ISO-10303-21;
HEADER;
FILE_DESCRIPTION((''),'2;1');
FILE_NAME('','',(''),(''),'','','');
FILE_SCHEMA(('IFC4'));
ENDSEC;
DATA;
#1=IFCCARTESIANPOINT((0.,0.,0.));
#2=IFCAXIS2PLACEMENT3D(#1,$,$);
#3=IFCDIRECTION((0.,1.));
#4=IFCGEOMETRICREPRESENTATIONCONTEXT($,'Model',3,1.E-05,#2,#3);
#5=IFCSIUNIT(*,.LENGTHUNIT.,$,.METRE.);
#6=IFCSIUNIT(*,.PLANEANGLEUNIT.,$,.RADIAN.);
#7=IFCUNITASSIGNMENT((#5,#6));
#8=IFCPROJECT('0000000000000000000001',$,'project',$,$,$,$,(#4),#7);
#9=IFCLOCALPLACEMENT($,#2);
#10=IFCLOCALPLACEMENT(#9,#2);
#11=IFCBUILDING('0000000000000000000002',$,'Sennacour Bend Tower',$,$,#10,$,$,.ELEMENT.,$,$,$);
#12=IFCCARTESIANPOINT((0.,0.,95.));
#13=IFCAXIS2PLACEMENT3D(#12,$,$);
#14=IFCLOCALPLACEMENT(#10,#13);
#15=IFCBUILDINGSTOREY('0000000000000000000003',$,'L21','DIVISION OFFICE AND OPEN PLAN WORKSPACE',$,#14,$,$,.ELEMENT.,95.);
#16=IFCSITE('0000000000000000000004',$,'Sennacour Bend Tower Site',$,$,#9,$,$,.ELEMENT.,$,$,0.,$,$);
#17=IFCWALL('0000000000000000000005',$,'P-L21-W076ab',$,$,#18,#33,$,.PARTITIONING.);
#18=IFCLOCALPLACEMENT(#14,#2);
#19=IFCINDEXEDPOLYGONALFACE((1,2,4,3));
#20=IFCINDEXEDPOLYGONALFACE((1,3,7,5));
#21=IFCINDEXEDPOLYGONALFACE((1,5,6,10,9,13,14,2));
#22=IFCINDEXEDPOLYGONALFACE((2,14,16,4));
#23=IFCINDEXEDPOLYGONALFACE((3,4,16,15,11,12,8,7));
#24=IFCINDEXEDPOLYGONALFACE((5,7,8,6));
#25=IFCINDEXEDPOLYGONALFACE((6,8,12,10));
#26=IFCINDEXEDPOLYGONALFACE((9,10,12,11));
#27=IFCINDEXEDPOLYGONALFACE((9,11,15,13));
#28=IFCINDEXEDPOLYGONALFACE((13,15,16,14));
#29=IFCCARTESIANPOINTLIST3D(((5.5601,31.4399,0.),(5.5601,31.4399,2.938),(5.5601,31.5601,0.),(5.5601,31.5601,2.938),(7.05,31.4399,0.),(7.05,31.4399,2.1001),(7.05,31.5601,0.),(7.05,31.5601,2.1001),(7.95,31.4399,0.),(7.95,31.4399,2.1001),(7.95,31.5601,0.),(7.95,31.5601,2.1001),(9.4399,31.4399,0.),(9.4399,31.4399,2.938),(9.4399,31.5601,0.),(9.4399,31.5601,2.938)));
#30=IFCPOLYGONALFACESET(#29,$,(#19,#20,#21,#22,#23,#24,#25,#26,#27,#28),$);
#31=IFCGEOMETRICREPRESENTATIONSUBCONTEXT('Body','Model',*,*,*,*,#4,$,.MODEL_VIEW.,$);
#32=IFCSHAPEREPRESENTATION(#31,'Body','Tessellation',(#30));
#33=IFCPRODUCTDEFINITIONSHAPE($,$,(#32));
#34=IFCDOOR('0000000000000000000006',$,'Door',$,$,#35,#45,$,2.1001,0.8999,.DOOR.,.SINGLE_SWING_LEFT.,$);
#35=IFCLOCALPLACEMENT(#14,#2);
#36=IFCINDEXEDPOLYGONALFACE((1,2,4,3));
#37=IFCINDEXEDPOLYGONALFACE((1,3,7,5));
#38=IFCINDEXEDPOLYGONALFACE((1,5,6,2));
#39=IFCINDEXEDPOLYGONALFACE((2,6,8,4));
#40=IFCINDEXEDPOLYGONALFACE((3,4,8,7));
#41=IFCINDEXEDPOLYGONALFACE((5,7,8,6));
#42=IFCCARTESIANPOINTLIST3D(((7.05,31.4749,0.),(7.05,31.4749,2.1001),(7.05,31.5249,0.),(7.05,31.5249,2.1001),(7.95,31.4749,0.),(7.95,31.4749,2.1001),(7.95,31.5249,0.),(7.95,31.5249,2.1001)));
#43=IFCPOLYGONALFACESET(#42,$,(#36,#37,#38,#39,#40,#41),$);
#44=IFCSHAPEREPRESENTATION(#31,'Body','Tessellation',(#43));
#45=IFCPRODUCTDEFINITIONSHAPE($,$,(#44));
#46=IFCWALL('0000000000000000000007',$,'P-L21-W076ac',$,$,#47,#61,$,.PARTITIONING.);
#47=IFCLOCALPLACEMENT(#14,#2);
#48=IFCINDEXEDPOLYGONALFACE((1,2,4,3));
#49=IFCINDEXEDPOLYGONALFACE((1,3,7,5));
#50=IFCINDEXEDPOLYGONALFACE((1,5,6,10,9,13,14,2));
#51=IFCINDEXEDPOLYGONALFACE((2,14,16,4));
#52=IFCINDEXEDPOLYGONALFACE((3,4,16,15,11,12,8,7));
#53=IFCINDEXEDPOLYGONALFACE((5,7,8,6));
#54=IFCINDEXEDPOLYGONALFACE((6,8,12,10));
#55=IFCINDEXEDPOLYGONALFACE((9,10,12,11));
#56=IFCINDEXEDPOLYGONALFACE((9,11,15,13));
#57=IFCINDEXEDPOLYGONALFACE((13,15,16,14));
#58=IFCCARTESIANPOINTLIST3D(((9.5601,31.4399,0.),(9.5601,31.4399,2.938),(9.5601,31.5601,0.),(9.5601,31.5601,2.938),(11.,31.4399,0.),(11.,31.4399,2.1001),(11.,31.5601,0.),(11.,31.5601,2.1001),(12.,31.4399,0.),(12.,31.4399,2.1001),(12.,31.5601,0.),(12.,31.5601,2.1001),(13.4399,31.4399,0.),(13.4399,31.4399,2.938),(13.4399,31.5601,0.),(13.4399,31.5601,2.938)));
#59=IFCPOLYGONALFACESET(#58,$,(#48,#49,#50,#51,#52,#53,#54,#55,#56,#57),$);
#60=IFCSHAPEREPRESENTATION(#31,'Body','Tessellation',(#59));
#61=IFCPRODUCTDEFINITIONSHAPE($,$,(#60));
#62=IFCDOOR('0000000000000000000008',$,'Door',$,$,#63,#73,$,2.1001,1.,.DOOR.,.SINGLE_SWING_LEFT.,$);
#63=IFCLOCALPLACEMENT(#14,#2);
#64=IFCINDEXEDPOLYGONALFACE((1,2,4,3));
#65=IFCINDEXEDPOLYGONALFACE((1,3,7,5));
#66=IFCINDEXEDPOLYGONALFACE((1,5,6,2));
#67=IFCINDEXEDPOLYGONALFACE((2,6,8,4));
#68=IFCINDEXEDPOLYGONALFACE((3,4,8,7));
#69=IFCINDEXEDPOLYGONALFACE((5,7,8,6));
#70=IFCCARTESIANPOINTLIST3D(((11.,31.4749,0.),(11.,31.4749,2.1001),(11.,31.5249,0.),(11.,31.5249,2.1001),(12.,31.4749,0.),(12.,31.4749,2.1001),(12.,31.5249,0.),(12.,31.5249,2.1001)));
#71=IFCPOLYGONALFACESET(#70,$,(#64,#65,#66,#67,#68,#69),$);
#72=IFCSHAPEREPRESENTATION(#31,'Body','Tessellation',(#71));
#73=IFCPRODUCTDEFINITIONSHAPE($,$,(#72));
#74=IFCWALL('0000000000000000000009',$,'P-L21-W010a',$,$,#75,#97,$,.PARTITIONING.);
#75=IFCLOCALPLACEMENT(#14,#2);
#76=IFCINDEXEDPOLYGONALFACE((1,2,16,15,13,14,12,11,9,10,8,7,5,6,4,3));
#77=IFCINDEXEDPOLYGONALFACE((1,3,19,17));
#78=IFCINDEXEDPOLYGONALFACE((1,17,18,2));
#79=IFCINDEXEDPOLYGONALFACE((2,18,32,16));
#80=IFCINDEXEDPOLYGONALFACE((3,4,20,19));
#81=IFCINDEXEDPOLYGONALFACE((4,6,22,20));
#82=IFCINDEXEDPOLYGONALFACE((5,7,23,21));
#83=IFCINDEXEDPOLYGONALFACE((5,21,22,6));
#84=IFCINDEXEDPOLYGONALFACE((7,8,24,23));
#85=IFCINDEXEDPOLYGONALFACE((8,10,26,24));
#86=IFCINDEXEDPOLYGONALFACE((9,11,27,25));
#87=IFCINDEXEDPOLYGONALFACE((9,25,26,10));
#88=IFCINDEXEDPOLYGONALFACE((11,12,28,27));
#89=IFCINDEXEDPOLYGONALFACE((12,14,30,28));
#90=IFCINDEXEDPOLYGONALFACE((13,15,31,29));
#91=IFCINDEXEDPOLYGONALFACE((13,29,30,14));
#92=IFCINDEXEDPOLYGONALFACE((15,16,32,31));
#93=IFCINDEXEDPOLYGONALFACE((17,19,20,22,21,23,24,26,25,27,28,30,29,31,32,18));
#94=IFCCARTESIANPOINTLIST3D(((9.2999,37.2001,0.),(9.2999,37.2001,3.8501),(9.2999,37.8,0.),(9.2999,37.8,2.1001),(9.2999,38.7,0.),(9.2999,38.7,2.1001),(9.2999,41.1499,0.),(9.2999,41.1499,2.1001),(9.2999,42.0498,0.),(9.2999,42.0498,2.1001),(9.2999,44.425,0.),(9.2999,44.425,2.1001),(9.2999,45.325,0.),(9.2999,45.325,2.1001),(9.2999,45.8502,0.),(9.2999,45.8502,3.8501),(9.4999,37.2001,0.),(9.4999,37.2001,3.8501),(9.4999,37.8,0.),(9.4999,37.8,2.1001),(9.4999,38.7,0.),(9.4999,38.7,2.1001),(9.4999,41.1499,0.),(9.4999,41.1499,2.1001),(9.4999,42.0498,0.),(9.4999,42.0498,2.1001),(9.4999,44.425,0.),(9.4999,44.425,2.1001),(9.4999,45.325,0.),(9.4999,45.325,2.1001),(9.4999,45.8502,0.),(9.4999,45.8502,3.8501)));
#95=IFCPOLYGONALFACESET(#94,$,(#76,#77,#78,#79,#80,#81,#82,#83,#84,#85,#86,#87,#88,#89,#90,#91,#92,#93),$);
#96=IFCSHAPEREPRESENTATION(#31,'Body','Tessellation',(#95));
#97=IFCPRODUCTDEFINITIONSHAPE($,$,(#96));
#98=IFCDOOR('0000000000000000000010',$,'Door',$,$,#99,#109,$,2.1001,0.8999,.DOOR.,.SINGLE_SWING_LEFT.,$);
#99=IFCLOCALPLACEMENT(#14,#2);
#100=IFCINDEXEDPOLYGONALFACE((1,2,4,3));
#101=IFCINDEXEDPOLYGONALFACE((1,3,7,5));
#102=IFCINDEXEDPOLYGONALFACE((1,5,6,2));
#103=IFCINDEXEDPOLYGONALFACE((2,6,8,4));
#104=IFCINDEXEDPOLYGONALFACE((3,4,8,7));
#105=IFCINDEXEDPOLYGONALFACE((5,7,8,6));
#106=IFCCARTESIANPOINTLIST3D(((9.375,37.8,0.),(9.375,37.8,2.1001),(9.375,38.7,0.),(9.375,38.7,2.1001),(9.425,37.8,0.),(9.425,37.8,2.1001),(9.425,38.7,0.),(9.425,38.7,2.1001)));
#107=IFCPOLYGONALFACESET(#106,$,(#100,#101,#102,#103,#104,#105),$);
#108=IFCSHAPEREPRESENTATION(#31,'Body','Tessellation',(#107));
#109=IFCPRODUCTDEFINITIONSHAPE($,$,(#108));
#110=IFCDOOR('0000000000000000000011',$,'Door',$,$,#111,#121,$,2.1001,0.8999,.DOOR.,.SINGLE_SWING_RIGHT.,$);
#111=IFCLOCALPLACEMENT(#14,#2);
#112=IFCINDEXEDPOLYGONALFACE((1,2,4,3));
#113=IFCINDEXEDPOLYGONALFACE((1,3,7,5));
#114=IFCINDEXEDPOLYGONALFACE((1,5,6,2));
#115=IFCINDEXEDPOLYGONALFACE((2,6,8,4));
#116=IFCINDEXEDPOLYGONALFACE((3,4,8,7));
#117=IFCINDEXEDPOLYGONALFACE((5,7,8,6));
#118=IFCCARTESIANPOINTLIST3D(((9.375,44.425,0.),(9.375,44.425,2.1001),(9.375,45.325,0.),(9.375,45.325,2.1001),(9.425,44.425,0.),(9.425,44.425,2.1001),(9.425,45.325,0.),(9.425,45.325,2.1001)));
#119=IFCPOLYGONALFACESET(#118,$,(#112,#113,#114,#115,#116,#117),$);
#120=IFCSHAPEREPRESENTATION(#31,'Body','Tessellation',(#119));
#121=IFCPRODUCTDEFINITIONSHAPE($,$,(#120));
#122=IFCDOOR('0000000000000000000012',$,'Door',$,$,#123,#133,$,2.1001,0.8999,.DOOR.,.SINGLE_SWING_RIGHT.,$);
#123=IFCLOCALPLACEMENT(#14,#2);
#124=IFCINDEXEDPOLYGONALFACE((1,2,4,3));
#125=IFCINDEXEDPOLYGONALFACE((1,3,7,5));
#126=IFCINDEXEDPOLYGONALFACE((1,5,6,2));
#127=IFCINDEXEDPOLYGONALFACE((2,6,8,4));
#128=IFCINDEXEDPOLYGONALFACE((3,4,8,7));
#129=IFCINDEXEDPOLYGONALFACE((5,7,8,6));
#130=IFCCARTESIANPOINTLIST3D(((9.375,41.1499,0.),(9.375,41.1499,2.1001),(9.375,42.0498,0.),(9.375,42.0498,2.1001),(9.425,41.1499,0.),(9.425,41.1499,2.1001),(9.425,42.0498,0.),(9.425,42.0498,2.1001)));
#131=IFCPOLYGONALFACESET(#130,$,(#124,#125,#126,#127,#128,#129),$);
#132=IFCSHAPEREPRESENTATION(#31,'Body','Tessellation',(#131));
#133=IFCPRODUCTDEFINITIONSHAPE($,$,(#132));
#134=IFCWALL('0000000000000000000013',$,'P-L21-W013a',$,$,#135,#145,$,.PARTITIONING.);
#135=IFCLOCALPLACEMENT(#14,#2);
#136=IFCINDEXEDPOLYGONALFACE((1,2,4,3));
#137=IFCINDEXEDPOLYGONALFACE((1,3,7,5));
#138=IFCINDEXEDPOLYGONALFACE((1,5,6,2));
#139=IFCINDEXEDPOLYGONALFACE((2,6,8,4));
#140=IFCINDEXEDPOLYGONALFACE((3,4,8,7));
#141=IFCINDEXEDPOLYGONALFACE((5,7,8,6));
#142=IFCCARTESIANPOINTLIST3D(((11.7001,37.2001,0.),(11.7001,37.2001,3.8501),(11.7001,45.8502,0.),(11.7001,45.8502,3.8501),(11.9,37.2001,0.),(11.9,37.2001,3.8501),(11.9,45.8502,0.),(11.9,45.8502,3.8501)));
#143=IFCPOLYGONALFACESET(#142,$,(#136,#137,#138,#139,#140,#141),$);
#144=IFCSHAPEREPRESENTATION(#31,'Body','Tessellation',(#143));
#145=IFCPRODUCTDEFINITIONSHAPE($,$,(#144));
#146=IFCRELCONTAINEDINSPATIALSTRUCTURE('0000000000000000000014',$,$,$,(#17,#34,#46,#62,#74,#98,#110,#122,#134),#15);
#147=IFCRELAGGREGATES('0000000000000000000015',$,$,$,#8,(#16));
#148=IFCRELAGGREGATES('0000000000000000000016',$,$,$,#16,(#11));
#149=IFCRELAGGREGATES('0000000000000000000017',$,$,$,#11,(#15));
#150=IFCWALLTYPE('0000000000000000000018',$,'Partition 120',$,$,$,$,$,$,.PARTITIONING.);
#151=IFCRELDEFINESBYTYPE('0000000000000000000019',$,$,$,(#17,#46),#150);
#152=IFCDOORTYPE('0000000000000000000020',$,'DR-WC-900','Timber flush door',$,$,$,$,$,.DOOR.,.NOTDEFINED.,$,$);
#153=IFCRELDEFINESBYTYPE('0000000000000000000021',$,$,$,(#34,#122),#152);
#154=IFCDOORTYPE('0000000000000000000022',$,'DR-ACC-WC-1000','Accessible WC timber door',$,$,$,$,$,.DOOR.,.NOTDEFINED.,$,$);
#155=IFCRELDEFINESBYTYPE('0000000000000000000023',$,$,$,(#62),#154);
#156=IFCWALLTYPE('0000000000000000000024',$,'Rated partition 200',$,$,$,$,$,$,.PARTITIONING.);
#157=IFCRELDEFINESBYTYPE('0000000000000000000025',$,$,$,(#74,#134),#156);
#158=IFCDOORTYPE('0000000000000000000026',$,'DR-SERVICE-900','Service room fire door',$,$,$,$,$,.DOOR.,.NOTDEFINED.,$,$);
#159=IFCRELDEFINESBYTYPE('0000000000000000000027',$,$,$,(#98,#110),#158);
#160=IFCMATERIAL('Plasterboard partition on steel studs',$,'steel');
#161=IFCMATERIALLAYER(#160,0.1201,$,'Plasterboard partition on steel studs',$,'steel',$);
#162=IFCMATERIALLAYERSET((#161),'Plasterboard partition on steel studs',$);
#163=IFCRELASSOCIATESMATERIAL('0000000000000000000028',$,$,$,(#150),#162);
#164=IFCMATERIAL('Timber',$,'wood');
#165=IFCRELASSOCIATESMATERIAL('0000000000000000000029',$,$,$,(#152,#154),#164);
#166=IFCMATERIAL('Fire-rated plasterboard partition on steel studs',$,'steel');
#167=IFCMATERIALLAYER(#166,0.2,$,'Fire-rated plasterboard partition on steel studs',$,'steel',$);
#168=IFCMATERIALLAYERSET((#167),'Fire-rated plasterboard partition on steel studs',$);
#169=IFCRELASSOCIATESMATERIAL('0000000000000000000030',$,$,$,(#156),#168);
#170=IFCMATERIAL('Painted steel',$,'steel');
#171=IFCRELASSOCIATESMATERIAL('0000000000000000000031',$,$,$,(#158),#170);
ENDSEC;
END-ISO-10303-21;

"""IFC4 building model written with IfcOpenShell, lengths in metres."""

from ifc_helpers import new_model, si_unit, direction, frame, frame_2d, origin, place, context, subcontext, project, spatial, rectangle, extrude, material, layer, layer_set, type_object, element, fill, save


model = new_model("IFC4")

# Units and contexts
model_context = context("Model", 3, precision=1e-05, world=origin(), true_north=direction((0.0, 1.0)))
body_context = subcontext(model_context, "Body", "Model", "MODEL_VIEW")
ifc_project = project(units=[si_unit("LENGTHUNIT", "METRE"), si_unit("PLANEANGLEUNIT", "RADIAN")], contexts=[model_context])

# Site, building, storey
site_placement = place(None, origin())
site = spatial("IfcSite", under=ifc_project, at=site_placement, Name="Sennacour Bend Tower Site", CompositionType="ELEMENT", RefElevation=0.0)
building_placement = place(site_placement, origin())
building = spatial("IfcBuilding", under=site, at=building_placement, Name="Sennacour Bend Tower", CompositionType="ELEMENT")
storey_placement = place(building_placement, frame((0.0, 0.0, 95.0)))
storey = spatial("IfcBuildingStorey", under=building, at=storey_placement, Name="L21", Description="DIVISION OFFICE AND OPEN PLAN WORKSPACE", CompositionType="ELEMENT", Elevation=95.0)

# Shared definitions
ifc_material_1 = material(Name="Plasterboard partition on steel studs", Category="steel")
ifc_layer_1 = layer(ifc_material_1, 0.1201, Name="Plasterboard partition on steel studs", Category="steel")
ifc_layer_set_1 = layer_set([ifc_layer_1], Name="Plasterboard partition on steel studs")
wall_type_1 = type_object("IfcWallType", Name="Partition 120", PredefinedType="PARTITIONING", material=ifc_layer_set_1)

# Walls, openings, doors
wall_1_placement = place(storey_placement, frame((5.5601, 31.5, 0.0), z_axis=(0.0, 0.0, 1.0), x_axis=(1.0, 0.0, 0.0)))
wall_1 = element("IfcWall", 1, at=wall_1_placement, inside=storey, type_object=wall_type_1, Name="P-L21-W076ab", PredefinedType="PARTITIONING", context=body_context, shape_type="SweptSolid", body=[
    extrude(rectangle(XDim=3.8799, YDim=0.1201, at=frame_2d((1.9399, 0.0))), origin(), (0.0, 0.0, 1.0), 2.938),
])
opening_1_placement = place(wall_1_placement, frame((1.49, 0.0, 0.0)))
opening_1 = element("IfcOpeningElement", 2, at=opening_1_placement, cuts=wall_1, PredefinedType="OPENING", context=body_context, shape_type="SweptSolid", body=[
    extrude(rectangle(XDim=0.8999, YDim=2.1001, at=frame_2d((0.45, 1.05))), frame((0.0, 0.0701, 0.0), z_axis=(0.0, -1.0, 0.0), x_axis=(1.0, 0.0, 0.0)), (0.0, 0.0, 1.0), 0.1401),
])
ifc_material_2 = material(Name="Timber", Category="wood")
door_type_1 = type_object("IfcDoorType", Name="DR-WC-900", Description="Timber flush door", OperationType="NOTDEFINED", PredefinedType="DOOR", material=ifc_material_2)
door_1_placement = place(opening_1_placement, origin())
door_1 = element("IfcDoor", 3, at=door_1_placement, inside=storey, type_object=door_type_1, Name="Door", OperationType="SINGLE_SWING_LEFT", OverallHeight=2.1001, OverallWidth=0.8999, PredefinedType="DOOR", context=body_context, shape_type="SweptSolid", body=[
    extrude(rectangle(XDim=0.8999, YDim=2.1001, at=frame_2d((0.45, 1.05))), frame((0.0, 0.0249, 0.0), z_axis=(0.0, -1.0, 0.0), x_axis=(1.0, 0.0, 0.0)), (0.0, 0.0, 1.0), 0.05),
])
fill(opening_1, door_1)
wall_2_placement = place(storey_placement, frame((9.5601, 31.5, 0.0), z_axis=(0.0, 0.0, 1.0), x_axis=(1.0, 0.0, 0.0)))
wall_2 = element("IfcWall", 4, at=wall_2_placement, inside=storey, type_object=wall_type_1, Name="P-L21-W076ac", PredefinedType="PARTITIONING", context=body_context, shape_type="SweptSolid", body=[
    extrude(rectangle(XDim=3.8799, YDim=0.1201, at=frame_2d((1.9399, 0.0))), origin(), (0.0, 0.0, 1.0), 2.938),
])
opening_2_placement = place(wall_2_placement, frame((1.4399, 0.0, 0.0)))
opening_2 = element("IfcOpeningElement", 5, at=opening_2_placement, cuts=wall_2, PredefinedType="OPENING", context=body_context, shape_type="SweptSolid", body=[
    extrude(rectangle(XDim=1.0, YDim=2.1001, at=frame_2d((0.5, 1.05))), frame((0.0, 0.0701, 0.0), z_axis=(0.0, -1.0, 0.0), x_axis=(1.0, 0.0, 0.0)), (0.0, 0.0, 1.0), 0.1401),
])
door_type_2 = type_object("IfcDoorType", Name="DR-ACC-WC-1000", Description="Accessible WC timber door", OperationType="NOTDEFINED", PredefinedType="DOOR", material=ifc_material_2)
door_2_placement = place(opening_2_placement, origin())
door_2 = element("IfcDoor", 6, at=door_2_placement, inside=storey, type_object=door_type_2, Name="Door", OperationType="SINGLE_SWING_LEFT", OverallHeight=2.1001, OverallWidth=1.0, PredefinedType="DOOR", context=body_context, shape_type="SweptSolid", body=[
    extrude(rectangle(XDim=1.0, YDim=2.1001, at=frame_2d((0.5, 1.05))), frame((0.0, 0.0249, 0.0), z_axis=(0.0, -1.0, 0.0), x_axis=(1.0, 0.0, 0.0)), (0.0, 0.0, 1.0), 0.05),
])
fill(opening_2, door_2)

# Wall, openings, doors
ifc_material_3 = material(Name="Fire-rated plasterboard partition on steel studs", Category="steel")
ifc_layer_2 = layer(ifc_material_3, 0.2, Name="Fire-rated plasterboard partition on steel studs", Category="steel")
ifc_layer_set_2 = layer_set([ifc_layer_2], Name="Fire-rated plasterboard partition on steel studs")
wall_type_2 = type_object("IfcWallType", Name="Rated partition 200", PredefinedType="PARTITIONING", material=ifc_layer_set_2)
wall_3_placement = place(storey_placement, frame((9.3999, 37.2, 0.0), z_axis=(0.0, 0.0, 1.0), x_axis=(0.0, 1.0, 0.0)))
wall_3 = element("IfcWall", 7, at=wall_3_placement, inside=storey, type_object=wall_type_2, Name="P-L21-W010a", PredefinedType="PARTITIONING", context=body_context, shape_type="SweptSolid", body=[
    extrude(rectangle(XDim=8.6501, YDim=0.2, at=frame_2d((4.3252, 0.0))), origin(), (0.0, 0.0, 1.0), 3.8501),
])
opening_3_placement = place(wall_3_placement, frame((0.6001, 0.0, 0.0)))
opening_3 = element("IfcOpeningElement", 8, at=opening_3_placement, cuts=wall_3, PredefinedType="OPENING", context=body_context, shape_type="SweptSolid", body=[
    extrude(rectangle(XDim=0.8999, YDim=2.1001, at=frame_2d((0.45, 1.05))), frame((0.0, 0.1099, 0.0), z_axis=(0.0, -1.0, 0.0), x_axis=(1.0, 0.0, 0.0)), (0.0, 0.0, 1.0), 0.22),
])
opening_4_placement = place(wall_3_placement, frame((3.95, 0.0, 0.0)))
opening_4 = element("IfcOpeningElement", 9, at=opening_4_placement, cuts=wall_3, PredefinedType="OPENING", context=body_context, shape_type="SweptSolid", body=[
    extrude(rectangle(XDim=0.8999, YDim=2.1001, at=frame_2d((0.45, 1.05))), frame((0.0, 0.1099, 0.0), z_axis=(0.0, -1.0, 0.0), x_axis=(1.0, 0.0, 0.0)), (0.0, 0.0, 1.0), 0.22),
])
opening_5_placement = place(wall_3_placement, frame((7.2251, 0.0, 0.0)))
opening_5 = element("IfcOpeningElement", 10, at=opening_5_placement, cuts=wall_3, PredefinedType="OPENING", context=body_context, shape_type="SweptSolid", body=[
    extrude(rectangle(XDim=0.8999, YDim=2.1001, at=frame_2d((0.45, 1.05))), frame((0.0, 0.1099, 0.0), z_axis=(0.0, -1.0, 0.0), x_axis=(1.0, 0.0, 0.0)), (0.0, 0.0, 1.0), 0.22),
])
ifc_material_4 = material(Name="Painted steel", Category="steel")
door_type_3 = type_object("IfcDoorType", Name="DR-SERVICE-900", Description="Service room fire door", OperationType="NOTDEFINED", PredefinedType="DOOR", material=ifc_material_4)
door_3_placement = place(opening_3_placement, origin())
door_3 = element("IfcDoor", 11, at=door_3_placement, inside=storey, type_object=door_type_3, Name="Door", OperationType="SINGLE_SWING_LEFT", OverallHeight=2.1001, OverallWidth=0.8999, PredefinedType="DOOR", context=body_context, shape_type="SweptSolid", body=[
    extrude(rectangle(XDim=0.8999, YDim=2.1001, at=frame_2d((0.45, 1.05))), frame((0.0, 0.0249, 0.0), z_axis=(0.0, -1.0, 0.0), x_axis=(1.0, 0.0, 0.0)), (0.0, 0.0, 1.0), 0.05),
])
fill(opening_3, door_3)
door_4_placement = place(opening_5_placement, origin())
door_4 = element("IfcDoor", 12, at=door_4_placement, inside=storey, type_object=door_type_3, Name="Door", OperationType="SINGLE_SWING_RIGHT", OverallHeight=2.1001, OverallWidth=0.8999, PredefinedType="DOOR", context=body_context, shape_type="SweptSolid", body=[
    extrude(rectangle(XDim=0.8999, YDim=2.1001, at=frame_2d((0.45, 1.05))), frame((0.0, 0.0249, 0.0), z_axis=(0.0, -1.0, 0.0), x_axis=(1.0, 0.0, 0.0)), (0.0, 0.0, 1.0), 0.05),
])
fill(opening_5, door_4)
door_5_placement = place(opening_4_placement, origin())
door_5 = element("IfcDoor", 13, at=door_5_placement, inside=storey, type_object=door_type_1, Name="Door", OperationType="SINGLE_SWING_RIGHT", OverallHeight=2.1001, OverallWidth=0.8999, PredefinedType="DOOR", context=body_context, shape_type="SweptSolid", body=[
    extrude(rectangle(XDim=0.8999, YDim=2.1001, at=frame_2d((0.45, 1.05))), frame((0.0, 0.0249, 0.0), z_axis=(0.0, -1.0, 0.0), x_axis=(1.0, 0.0, 0.0)), (0.0, 0.0, 1.0), 0.05),
])
fill(opening_4, door_5)

# Wall
wall_4_placement = place(storey_placement, frame((11.8, 37.2, 0.0), z_axis=(0.0, 0.0, 1.0), x_axis=(0.0, 1.0, 0.0)))
element("IfcWall", 14, at=wall_4_placement, inside=storey, type_object=wall_type_2, Name="P-L21-W013a", PredefinedType="PARTITIONING", context=body_context, shape_type="SweptSolid", body=[
    extrude(rectangle(XDim=8.6501, YDim=0.2, at=frame_2d((4.3252, 0.0))), origin(), (0.0, 0.0, 1.0), 3.8501),
])

save(model, "model.ifc")
